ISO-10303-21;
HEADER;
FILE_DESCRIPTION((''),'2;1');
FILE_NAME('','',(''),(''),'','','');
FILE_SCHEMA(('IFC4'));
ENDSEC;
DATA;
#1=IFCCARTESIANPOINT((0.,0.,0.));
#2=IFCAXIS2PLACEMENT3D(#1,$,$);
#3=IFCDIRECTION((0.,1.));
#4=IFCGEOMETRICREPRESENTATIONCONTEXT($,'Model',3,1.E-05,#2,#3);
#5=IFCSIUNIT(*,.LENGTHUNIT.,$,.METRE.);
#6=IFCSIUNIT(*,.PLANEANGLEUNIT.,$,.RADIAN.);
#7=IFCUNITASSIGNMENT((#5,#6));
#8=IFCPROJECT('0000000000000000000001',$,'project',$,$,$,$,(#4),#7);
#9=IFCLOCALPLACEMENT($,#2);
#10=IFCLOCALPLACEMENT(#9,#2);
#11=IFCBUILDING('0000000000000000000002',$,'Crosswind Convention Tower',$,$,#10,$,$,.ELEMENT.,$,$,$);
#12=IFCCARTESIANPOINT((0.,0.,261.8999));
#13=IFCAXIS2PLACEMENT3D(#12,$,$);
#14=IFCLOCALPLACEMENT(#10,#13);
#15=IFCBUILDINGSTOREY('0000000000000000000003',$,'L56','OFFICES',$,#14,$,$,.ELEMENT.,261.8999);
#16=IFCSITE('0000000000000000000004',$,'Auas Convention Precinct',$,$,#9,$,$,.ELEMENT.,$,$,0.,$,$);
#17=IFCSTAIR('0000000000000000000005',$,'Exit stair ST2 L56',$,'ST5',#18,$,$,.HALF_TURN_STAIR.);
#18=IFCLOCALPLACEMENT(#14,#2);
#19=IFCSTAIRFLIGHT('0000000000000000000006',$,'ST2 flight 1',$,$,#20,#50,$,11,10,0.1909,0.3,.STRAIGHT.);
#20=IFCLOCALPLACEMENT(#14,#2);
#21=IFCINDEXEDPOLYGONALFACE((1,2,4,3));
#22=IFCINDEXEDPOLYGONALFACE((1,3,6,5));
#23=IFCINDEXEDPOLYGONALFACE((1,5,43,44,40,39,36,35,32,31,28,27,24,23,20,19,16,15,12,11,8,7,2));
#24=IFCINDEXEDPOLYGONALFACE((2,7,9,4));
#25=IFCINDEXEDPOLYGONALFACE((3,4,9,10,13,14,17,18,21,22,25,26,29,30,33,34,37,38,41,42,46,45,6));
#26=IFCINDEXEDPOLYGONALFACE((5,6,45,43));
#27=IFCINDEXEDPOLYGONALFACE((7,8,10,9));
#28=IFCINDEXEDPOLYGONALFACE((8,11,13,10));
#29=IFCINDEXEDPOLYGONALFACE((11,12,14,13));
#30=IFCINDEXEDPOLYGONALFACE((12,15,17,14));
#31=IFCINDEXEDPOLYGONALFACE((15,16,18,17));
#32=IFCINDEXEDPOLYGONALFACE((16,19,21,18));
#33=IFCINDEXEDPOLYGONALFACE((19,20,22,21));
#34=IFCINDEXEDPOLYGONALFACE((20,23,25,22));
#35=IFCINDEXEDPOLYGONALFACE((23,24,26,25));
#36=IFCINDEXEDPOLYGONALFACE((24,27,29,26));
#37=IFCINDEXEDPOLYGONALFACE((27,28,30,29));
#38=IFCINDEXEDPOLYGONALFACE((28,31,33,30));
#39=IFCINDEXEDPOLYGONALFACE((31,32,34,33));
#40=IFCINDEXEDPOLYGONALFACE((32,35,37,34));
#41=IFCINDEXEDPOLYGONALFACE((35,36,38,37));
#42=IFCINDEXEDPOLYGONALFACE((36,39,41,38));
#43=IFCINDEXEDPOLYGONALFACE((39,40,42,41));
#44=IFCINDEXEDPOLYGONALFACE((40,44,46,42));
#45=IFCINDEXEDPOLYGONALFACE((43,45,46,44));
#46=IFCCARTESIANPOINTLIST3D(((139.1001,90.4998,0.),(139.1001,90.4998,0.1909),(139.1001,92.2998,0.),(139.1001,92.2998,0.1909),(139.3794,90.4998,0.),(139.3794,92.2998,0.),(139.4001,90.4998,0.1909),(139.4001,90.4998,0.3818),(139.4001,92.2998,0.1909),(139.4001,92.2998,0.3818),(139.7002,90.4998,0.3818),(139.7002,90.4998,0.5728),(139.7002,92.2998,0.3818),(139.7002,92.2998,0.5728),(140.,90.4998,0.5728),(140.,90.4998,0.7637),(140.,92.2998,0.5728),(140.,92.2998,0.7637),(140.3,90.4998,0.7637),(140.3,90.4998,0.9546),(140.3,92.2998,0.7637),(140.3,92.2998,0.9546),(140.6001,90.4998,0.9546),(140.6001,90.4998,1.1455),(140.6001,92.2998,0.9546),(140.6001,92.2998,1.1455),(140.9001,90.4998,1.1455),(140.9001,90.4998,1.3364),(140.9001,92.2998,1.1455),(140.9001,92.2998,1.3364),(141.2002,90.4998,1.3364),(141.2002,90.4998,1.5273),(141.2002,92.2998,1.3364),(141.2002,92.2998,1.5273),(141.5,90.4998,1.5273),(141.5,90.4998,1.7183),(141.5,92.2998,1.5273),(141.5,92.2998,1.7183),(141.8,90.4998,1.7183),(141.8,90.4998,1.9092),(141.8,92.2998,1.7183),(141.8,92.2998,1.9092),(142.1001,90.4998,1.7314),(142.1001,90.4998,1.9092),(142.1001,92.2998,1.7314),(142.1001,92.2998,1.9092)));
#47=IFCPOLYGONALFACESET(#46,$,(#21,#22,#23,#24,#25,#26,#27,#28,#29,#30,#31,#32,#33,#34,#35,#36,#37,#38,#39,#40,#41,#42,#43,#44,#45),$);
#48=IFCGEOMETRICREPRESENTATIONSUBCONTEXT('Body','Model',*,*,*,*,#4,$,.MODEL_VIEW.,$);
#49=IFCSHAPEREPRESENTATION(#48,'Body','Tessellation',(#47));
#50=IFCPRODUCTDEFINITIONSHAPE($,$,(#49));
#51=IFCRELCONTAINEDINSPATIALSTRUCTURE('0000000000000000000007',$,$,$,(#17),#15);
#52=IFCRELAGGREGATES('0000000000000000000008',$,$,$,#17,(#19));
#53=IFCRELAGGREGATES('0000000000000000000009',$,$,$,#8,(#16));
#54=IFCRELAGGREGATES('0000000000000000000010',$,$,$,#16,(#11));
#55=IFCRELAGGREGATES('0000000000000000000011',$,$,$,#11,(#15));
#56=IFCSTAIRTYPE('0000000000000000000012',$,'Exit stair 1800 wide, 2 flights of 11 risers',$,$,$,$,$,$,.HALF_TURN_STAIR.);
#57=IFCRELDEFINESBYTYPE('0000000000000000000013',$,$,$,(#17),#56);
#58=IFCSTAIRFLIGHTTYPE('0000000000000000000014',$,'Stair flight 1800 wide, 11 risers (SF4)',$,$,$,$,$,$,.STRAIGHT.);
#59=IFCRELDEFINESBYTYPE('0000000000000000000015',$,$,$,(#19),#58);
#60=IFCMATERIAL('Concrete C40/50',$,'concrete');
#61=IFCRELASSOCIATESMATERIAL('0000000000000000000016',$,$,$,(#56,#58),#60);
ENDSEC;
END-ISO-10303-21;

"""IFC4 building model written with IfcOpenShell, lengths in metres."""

from ifc_helpers import new_model, si_unit, direction, frame, origin, place, context, subcontext, project, spatial, polyline, outline, extrude, material, type_object, element, aggregate, save


model = new_model("IFC4")

# Units and contexts
model_context = context("Model", 3, precision=1e-05, world=origin(), true_north=direction((0.0, 1.0)))
body_context = subcontext(model_context, "Body", "Model", "MODEL_VIEW")
ifc_project = project(units=[si_unit("LENGTHUNIT", "METRE"), si_unit("PLANEANGLEUNIT", "RADIAN")], contexts=[model_context])

# Site, building, storey
site_placement = place(None, origin())
site = spatial("IfcSite", under=ifc_project, at=site_placement, Name="Auas Convention Precinct", CompositionType="ELEMENT", RefElevation=0.0)
building_placement = place(site_placement, origin())
building = spatial("IfcBuilding", under=site, at=building_placement, Name="Crosswind Convention Tower", CompositionType="ELEMENT")
storey_placement = place(building_placement, frame((0.0, 0.0, 261.8999)))
storey = spatial("IfcBuildingStorey", under=building, at=storey_placement, Name="L56", Description="OFFICES", CompositionType="ELEMENT", Elevation=261.8999)

# Stair, stair flight
ifc_material_1 = material(Name="Concrete C40/50", Category="concrete")
stair_type = type_object("IfcStairType", Name="Exit stair 1800 wide, 2 flights of 11 risers", PredefinedType="HALF_TURN_STAIR", material=ifc_material_1)
stair_placement = place(storey_placement, origin())
stair = element("IfcStair", 1, at=stair_placement, inside=storey, type_object=stair_type, Name="Exit stair ST2 L56", ObjectType="ST5", PredefinedType="HALF_TURN_STAIR")
stair_flight_type = type_object("IfcStairFlightType", Name="Stair flight 1800 wide, 11 risers (SF4)", PredefinedType="STRAIGHT", material=ifc_material_1)
stair_flight_placement = place(storey_placement, frame((139.1001, 91.3999, 0.0), z_axis=(0.0, 0.0, 1.0), x_axis=(1.0, 0.0, 0.0)))
stair_flight = element("IfcStairFlight", 2, at=stair_flight_placement, type_object=stair_flight_type, Name="ST2 flight 1", NumberOfRisers=11, NumberOfTreads=10, PredefinedType="STRAIGHT", RiserHeight=0.1909, TreadLength=0.3, context=body_context, shape_type="SweptSolid", body=[
    extrude(outline(polyline([(0.0, 0.0), (0.0, 0.1909), (0.3, 0.1909), (0.3, 0.3818), (0.6001, 0.3818), (0.6001, 0.5728), (0.8999, 0.5728), (0.8999, 0.7637), (1.2, 0.7637), (1.2, 0.9546), (1.5, 0.9546), (1.5, 1.1455), (1.8, 1.1455), (1.8, 1.3364), (2.1001, 1.3364), (2.1001, 1.5273), (2.3999, 1.5273), (2.3999, 1.7183), (2.7, 1.7183), (2.7, 1.9092), (3.0, 1.9092), (3.0, 2.1001), (3.0, 1.7314), (0.2793, 0.0), (0.0, 0.0)])), frame((0.0, 0.8999, 0.0), z_axis=(0.0, -1.0, 0.0), x_axis=(1.0, 0.0, 0.0)), (0.0, 0.0, 1.0), 1.8),
])
aggregate(stair, [stair_flight])

save(model, "model.ifc")
